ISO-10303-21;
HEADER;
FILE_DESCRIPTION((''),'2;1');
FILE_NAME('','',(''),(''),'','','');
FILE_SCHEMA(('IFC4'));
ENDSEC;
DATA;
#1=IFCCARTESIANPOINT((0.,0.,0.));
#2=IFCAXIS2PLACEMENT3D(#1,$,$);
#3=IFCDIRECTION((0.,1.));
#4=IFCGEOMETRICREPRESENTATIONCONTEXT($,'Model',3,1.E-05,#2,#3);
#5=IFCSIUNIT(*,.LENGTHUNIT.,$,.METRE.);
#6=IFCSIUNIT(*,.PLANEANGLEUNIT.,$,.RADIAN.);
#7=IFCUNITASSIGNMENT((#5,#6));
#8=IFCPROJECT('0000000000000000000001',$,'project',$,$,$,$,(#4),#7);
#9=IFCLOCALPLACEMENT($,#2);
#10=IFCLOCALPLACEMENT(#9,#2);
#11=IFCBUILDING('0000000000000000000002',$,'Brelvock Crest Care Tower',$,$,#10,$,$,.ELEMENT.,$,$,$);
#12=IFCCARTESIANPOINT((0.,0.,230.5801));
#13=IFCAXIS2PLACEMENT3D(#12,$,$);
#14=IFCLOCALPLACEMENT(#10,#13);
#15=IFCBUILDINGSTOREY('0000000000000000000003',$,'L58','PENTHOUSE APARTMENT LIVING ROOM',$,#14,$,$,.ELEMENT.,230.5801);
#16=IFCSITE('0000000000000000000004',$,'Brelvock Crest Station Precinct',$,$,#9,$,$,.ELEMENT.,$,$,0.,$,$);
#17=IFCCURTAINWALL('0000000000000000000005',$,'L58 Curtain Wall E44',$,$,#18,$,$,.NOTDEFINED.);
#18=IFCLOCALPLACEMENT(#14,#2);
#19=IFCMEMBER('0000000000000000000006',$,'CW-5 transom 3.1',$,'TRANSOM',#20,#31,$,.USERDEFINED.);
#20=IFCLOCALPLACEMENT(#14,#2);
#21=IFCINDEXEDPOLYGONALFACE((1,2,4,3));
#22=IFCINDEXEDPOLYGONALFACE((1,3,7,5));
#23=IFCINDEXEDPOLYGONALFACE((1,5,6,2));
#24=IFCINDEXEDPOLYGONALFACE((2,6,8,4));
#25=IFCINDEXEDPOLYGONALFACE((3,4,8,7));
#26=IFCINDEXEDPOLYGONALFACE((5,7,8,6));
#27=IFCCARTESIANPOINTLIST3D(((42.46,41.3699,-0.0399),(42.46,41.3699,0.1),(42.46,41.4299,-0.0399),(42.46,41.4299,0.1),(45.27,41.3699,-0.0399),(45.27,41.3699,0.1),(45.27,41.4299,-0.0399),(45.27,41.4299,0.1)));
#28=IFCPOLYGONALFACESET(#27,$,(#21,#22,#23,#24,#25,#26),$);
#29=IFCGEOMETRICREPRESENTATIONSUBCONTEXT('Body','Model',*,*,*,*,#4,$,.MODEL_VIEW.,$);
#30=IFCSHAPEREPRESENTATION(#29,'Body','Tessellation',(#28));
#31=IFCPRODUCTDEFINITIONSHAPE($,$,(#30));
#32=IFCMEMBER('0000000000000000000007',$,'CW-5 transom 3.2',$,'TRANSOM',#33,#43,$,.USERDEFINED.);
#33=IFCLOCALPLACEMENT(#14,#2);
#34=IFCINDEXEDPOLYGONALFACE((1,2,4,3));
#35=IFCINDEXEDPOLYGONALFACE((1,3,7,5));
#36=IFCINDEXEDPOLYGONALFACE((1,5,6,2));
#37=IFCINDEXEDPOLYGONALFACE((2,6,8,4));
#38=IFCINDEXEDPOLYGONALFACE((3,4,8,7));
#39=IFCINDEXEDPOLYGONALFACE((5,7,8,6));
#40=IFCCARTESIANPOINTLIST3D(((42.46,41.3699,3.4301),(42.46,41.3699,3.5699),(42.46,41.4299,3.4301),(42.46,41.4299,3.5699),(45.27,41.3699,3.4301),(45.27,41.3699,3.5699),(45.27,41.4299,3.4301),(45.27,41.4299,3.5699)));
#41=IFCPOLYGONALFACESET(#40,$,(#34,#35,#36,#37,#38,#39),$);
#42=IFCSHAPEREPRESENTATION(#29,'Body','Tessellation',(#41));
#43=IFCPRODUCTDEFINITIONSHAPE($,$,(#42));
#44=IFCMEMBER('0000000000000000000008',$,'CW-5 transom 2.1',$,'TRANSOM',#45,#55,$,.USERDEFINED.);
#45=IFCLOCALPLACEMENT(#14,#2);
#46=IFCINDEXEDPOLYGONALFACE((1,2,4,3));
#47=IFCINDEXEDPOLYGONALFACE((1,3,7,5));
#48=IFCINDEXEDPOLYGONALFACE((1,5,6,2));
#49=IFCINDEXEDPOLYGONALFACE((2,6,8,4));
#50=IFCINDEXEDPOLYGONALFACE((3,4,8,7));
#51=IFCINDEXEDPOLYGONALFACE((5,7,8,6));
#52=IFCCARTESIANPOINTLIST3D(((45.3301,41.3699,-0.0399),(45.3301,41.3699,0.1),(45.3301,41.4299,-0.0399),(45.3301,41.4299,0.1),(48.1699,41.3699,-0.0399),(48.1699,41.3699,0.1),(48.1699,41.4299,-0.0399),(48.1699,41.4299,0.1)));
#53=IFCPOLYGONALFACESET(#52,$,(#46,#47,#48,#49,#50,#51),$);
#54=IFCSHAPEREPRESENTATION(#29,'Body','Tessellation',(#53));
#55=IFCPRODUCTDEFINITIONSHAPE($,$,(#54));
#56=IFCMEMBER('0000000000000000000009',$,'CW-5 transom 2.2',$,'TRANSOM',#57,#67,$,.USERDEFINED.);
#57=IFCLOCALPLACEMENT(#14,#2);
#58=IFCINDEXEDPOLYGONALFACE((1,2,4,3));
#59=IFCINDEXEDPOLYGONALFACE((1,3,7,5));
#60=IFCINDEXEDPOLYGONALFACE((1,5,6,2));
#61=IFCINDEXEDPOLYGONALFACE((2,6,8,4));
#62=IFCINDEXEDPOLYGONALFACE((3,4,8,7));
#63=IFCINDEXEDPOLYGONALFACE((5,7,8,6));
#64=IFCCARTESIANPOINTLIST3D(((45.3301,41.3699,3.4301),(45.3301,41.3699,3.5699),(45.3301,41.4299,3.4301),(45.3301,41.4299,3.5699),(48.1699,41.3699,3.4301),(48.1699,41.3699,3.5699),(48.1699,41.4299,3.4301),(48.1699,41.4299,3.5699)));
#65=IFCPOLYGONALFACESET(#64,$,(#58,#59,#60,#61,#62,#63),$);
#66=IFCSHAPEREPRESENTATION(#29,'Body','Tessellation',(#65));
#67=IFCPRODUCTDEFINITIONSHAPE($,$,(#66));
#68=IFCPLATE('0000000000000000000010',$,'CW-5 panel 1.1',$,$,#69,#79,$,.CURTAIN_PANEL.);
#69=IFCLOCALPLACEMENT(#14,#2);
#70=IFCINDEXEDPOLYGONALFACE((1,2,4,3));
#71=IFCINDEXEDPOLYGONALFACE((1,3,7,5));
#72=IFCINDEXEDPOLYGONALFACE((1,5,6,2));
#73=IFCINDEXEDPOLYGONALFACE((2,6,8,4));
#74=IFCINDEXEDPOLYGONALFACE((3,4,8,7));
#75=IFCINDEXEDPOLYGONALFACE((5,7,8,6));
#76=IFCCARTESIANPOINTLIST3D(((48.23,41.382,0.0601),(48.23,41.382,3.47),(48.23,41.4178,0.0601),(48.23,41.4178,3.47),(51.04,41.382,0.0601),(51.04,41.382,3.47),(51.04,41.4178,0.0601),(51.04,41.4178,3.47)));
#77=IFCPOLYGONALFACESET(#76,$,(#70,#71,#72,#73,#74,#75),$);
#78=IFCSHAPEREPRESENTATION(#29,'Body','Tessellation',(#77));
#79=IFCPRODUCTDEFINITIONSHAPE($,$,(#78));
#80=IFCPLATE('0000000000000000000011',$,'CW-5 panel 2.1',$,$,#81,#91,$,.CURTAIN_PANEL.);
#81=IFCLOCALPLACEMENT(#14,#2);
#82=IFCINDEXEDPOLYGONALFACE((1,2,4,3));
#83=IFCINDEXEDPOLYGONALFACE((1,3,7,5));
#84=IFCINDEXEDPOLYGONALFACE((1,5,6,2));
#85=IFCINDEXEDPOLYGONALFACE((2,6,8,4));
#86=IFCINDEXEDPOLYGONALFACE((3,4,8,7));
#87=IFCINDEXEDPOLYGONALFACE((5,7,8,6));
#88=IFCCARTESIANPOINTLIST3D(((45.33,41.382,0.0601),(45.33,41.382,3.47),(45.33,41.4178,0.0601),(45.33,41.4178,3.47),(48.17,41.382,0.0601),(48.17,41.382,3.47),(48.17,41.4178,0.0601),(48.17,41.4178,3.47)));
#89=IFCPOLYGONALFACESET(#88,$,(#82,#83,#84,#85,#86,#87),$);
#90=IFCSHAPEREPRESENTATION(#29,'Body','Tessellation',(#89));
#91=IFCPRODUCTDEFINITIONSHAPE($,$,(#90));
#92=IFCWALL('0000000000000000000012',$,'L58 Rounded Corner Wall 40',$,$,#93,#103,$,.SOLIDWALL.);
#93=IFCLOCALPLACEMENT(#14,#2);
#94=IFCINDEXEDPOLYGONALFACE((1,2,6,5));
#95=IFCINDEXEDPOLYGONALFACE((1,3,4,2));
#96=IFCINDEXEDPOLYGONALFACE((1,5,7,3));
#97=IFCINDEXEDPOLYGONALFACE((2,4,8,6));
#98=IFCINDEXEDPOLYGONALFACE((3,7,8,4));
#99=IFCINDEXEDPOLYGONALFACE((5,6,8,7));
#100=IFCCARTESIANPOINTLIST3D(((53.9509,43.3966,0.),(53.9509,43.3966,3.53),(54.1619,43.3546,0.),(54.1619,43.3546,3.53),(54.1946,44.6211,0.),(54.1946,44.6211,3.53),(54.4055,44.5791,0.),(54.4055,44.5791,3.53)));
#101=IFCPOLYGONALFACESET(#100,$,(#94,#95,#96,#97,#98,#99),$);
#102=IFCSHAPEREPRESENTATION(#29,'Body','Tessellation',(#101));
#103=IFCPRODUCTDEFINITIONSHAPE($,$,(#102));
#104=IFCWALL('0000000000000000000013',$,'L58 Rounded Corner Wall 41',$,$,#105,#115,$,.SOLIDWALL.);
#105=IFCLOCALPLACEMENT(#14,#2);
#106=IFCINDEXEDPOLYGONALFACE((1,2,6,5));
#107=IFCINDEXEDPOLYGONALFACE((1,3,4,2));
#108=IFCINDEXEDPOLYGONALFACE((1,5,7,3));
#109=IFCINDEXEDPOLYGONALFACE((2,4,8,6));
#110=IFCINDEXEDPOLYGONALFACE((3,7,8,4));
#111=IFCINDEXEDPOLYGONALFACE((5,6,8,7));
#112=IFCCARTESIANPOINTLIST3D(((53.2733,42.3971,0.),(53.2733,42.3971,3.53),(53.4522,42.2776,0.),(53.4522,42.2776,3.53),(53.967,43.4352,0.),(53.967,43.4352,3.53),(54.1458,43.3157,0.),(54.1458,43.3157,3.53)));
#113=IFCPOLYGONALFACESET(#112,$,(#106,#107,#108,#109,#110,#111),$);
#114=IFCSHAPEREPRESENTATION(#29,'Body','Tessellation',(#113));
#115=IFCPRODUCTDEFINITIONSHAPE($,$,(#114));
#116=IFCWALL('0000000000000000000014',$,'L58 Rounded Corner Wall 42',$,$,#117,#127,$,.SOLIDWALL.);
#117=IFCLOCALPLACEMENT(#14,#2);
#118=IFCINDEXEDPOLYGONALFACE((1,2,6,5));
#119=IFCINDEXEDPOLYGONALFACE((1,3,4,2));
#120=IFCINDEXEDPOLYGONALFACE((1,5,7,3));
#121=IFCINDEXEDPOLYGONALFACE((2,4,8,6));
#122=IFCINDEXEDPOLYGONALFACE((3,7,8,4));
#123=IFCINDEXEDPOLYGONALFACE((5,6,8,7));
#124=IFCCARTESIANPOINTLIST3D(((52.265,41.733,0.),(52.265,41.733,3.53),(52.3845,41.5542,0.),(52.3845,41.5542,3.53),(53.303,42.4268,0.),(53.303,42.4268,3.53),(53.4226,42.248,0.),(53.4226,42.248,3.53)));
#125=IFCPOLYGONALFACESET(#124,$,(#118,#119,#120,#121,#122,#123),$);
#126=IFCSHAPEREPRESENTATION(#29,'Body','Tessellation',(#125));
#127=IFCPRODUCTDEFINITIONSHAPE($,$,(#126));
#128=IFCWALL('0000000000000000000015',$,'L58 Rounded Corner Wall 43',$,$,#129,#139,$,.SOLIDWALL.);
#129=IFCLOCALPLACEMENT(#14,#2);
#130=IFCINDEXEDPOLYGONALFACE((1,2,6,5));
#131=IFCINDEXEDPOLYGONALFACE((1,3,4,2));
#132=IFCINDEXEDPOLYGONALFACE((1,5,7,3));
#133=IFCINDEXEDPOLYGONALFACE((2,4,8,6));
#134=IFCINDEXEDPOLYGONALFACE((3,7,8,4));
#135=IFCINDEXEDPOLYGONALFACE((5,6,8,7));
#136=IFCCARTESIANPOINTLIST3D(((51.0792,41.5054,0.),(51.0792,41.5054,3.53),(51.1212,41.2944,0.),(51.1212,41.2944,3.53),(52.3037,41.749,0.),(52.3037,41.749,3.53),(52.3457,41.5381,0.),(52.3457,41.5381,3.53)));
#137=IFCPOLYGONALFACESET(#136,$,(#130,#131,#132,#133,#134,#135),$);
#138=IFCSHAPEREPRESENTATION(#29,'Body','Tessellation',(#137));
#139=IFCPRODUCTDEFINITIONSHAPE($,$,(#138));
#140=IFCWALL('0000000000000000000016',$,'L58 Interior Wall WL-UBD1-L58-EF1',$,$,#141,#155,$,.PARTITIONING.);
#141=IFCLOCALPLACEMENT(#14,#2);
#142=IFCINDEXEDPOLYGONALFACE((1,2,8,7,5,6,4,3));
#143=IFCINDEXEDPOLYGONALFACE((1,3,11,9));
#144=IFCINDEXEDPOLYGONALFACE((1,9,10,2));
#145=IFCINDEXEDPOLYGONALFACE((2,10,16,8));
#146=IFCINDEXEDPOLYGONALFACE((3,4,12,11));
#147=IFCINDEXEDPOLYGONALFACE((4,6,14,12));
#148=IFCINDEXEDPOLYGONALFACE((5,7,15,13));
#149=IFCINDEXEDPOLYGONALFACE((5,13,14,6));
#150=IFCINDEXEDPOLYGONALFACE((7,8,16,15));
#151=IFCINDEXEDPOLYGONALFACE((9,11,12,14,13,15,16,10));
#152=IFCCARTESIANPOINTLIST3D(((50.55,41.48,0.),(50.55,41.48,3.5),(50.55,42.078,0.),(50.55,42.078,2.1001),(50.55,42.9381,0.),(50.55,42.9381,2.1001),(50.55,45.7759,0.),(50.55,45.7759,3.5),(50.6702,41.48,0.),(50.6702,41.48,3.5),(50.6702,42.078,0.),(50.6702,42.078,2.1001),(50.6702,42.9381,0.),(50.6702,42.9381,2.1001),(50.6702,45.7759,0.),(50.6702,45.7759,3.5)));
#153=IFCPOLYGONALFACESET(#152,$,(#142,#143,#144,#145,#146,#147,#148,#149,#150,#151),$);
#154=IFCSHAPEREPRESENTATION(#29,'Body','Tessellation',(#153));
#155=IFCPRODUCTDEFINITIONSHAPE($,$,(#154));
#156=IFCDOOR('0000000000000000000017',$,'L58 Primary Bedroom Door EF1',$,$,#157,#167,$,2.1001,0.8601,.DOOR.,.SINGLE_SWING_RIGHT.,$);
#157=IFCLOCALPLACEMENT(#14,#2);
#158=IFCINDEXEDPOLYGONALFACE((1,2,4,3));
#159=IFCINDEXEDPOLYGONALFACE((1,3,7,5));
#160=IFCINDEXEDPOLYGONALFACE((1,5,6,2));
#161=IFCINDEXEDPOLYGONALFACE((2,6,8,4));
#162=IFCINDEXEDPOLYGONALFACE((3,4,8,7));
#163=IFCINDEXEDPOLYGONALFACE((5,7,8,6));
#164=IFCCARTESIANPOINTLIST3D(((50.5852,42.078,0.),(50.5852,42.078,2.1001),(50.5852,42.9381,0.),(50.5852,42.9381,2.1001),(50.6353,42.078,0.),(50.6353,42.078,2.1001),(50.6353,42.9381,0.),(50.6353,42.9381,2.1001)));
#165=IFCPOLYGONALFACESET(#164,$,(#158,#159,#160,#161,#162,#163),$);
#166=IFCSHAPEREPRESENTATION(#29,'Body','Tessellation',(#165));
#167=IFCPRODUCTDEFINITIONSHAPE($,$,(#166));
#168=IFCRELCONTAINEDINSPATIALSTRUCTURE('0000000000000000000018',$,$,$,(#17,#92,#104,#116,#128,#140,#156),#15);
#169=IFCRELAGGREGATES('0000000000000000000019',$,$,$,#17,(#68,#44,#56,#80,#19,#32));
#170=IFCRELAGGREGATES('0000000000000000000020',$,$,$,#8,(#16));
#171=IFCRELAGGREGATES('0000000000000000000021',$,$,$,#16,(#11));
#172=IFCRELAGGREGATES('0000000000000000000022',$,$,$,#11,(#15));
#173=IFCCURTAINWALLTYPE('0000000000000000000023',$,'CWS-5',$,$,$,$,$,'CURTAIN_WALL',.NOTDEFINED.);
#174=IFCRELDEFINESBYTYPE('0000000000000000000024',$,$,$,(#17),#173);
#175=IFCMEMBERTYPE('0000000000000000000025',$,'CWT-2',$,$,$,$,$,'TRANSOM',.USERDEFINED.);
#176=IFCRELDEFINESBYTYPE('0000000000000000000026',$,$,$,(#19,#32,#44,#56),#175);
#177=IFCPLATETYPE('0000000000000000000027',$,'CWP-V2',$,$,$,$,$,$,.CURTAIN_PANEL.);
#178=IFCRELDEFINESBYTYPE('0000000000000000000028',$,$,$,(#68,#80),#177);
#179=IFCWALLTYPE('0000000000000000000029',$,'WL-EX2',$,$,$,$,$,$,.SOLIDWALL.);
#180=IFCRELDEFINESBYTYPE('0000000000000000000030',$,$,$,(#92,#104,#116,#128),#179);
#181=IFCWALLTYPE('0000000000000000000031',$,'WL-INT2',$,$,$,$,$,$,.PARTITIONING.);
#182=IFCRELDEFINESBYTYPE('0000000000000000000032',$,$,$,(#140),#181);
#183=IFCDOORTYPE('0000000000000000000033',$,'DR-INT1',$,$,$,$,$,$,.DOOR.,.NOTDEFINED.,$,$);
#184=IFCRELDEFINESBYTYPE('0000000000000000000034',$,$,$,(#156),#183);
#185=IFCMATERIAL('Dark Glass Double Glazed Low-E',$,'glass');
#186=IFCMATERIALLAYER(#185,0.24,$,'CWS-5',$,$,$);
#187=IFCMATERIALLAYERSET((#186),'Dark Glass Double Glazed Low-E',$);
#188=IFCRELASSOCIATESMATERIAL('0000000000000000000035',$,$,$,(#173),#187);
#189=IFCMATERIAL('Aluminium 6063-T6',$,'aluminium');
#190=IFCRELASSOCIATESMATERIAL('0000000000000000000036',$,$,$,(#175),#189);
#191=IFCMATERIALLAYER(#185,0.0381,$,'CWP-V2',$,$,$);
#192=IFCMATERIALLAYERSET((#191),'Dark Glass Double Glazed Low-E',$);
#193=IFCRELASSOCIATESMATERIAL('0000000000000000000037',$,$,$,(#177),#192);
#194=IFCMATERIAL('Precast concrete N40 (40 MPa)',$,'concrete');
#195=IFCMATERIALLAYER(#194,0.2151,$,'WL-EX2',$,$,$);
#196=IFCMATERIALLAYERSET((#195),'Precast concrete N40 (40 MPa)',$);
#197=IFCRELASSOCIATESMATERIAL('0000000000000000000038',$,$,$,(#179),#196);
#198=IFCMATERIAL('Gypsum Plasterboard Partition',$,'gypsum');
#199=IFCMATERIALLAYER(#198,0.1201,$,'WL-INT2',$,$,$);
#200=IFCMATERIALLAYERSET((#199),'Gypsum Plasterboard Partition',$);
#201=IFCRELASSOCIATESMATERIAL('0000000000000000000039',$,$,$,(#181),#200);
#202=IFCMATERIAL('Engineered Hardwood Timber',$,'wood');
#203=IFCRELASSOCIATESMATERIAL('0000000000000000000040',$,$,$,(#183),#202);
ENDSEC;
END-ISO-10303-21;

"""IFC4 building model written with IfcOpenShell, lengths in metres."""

from ifc_helpers import new_model, si_unit, direction, frame, frame_2d, origin, origin_2d, place, context, subcontext, project, spatial, rectangle, extrude, source, transform, mapped, material, layer, layer_set, material_profile, profile_set, type_object, element, fill, aggregate, save


model = new_model("IFC4")

# Units and contexts
model_context = context("Model", 3, precision=1e-05, world=origin(), true_north=direction((0.0, 1.0)))
body_context = subcontext(model_context, "Body", "Model", "MODEL_VIEW")
ifc_project = project(units=[si_unit("LENGTHUNIT", "METRE"), si_unit("PLANEANGLEUNIT", "RADIAN")], contexts=[model_context])

# Site, building, storey
site_placement = place(None, origin())
site = spatial("IfcSite", under=ifc_project, at=site_placement, Name="Brelvock Crest Station Precinct", CompositionType="ELEMENT", RefElevation=0.0)
building_placement = place(site_placement, origin())
building = spatial("IfcBuilding", under=site, at=building_placement, Name="Brelvock Crest Care Tower", CompositionType="ELEMENT")
storey_placement = place(building_placement, frame((0.0, 0.0, 230.5801)))
storey = spatial("IfcBuildingStorey", under=building, at=storey_placement, Name="L58", Description="PENTHOUSE APARTMENT LIVING ROOM", CompositionType="ELEMENT", Elevation=230.5801)

# Curtain wall, members, plates
ifc_material_1 = material(Name="Dark Glass Double Glazed Low-E", Category="glass")
ifc_layer_1 = layer(ifc_material_1, 0.24, Name="CWS-5")
ifc_layer_set_1 = layer_set([ifc_layer_1], Name="Dark Glass Double Glazed Low-E")
curtain_wall_type = type_object("IfcCurtainWallType", Name="CWS-5", ElementType="CURTAIN_WALL", PredefinedType="NOTDEFINED", material=ifc_layer_set_1)
curtain_wall_placement = place(storey_placement, origin())
curtain_wall = element("IfcCurtainWall", 1, at=curtain_wall_placement, inside=storey, type_object=curtain_wall_type, Name="L58 Curtain Wall E44", PredefinedType="NOTDEFINED")
ifc_material_2 = material(Name="Aluminium 6063-T6", Category="aluminium")
ifc_material_profile_1 = material_profile(ifc_material_2, rectangle(XDim=0.0601, YDim=0.1399, at=origin_2d()), Name="ALU60x140")
ifc_profile_set_1 = profile_set([ifc_material_profile_1], Name="Aluminium 6063-T6")
member_type_1 = type_object("IfcMemberType", Name="CWT-2", ElementType="TRANSOM", PredefinedType="USERDEFINED", material=ifc_profile_set_1)
shared_shape_1 = source(origin(), body_context, "Body", "SweptSolid", [
    extrude(rectangle(XDim=0.0601, YDim=0.1399, at=origin_2d()), origin(), (0.0, 0.0, 1.0), 2.8101),
])
member_1_placement = place(storey_placement, frame((45.27, 41.3999, 0.03), z_axis=(-1.0, 0.0, 0.0), x_axis=(0.0, -1.0, 0.0)))
member_1 = element("IfcMember", 2, at=member_1_placement, type_object=member_type_1, Name="CW-5 transom 3.1", ObjectType="TRANSOM", PredefinedType="USERDEFINED", context=body_context, shape_type="MappedRepresentation", body=[
    mapped(shared_shape_1, transform((0.0, 0.0, 0.0), x_axis=(1.0, 0.0, 0.0), y_axis=(0.0, 1.0, 0.0), z_axis=(0.0, 0.0, 1.0), scale=1.0)),
])
member_2_placement = place(storey_placement, frame((45.27, 41.3999, 3.5), z_axis=(-1.0, 0.0, 0.0), x_axis=(0.0, -1.0, 0.0)))
member_2 = element("IfcMember", 3, at=member_2_placement, type_object=member_type_1, Name="CW-5 transom 3.2", ObjectType="TRANSOM", PredefinedType="USERDEFINED", context=body_context, shape_type="MappedRepresentation", body=[
    mapped(shared_shape_1, transform((0.0, 0.0, 0.0), x_axis=(1.0, 0.0, 0.0), y_axis=(0.0, 1.0, 0.0), z_axis=(0.0, 0.0, 1.0), scale=1.0)),
])
shared_shape_2 = source(origin(), body_context, "Body", "SweptSolid", [
    extrude(rectangle(XDim=0.0601, YDim=0.1399, at=origin_2d()), origin(), (0.0, 0.0, 1.0), 2.8398),
])
member_3_placement = place(storey_placement, frame((48.1699, 41.3999, 0.03), z_axis=(-1.0, 0.0, 0.0), x_axis=(0.0, -1.0, 0.0)))
member_3 = element("IfcMember", 4, at=member_3_placement, type_object=member_type_1, Name="CW-5 transom 2.1", ObjectType="TRANSOM", PredefinedType="USERDEFINED", context=body_context, shape_type="MappedRepresentation", body=[
    mapped(shared_shape_2, transform((0.0, 0.0, 0.0), x_axis=(1.0, 0.0, 0.0), y_axis=(0.0, 1.0, 0.0), z_axis=(0.0, 0.0, 1.0), scale=1.0)),
])
member_4_placement = place(storey_placement, frame((48.1699, 41.3999, 3.5), z_axis=(-1.0, 0.0, 0.0), x_axis=(0.0, -1.0, 0.0)))
member_4 = element("IfcMember", 5, at=member_4_placement, type_object=member_type_1, Name="CW-5 transom 2.2", ObjectType="TRANSOM", PredefinedType="USERDEFINED", context=body_context, shape_type="MappedRepresentation", body=[
    mapped(shared_shape_2, transform((0.0, 0.0, 0.0), x_axis=(1.0, 0.0, 0.0), y_axis=(0.0, 1.0, 0.0), z_axis=(0.0, 0.0, 1.0), scale=1.0)),
])
ifc_layer_2 = layer(ifc_material_1, 0.0381, Name="CWP-V2")
ifc_layer_set_2 = layer_set([ifc_layer_2], Name="Dark Glass Double Glazed Low-E")
plate_type = type_object("IfcPlateType", Name="CWP-V2", PredefinedType="CURTAIN_PANEL", material=ifc_layer_set_2)
shared_shape_3 = source(origin(), body_context, "Body", "SweptSolid", [
    extrude(rectangle(XDim=2.8101, YDim=0.0359, at=origin_2d()), origin(), (0.0, 0.0, 1.0), 3.4099),
])
plate_1_placement = place(storey_placement, frame((49.635, 41.3999, 0.0601), z_axis=(0.0, 0.0, 1.0), x_axis=(-1.0, 0.0, 0.0)))
plate_1 = element("IfcPlate", 6, at=plate_1_placement, type_object=plate_type, Name="CW-5 panel 1.1", PredefinedType="CURTAIN_PANEL", context=body_context, shape_type="MappedRepresentation", body=[
    mapped(shared_shape_3, transform((0.0, 0.0, 0.0), x_axis=(1.0, 0.0, 0.0), y_axis=(0.0, 1.0, 0.0), z_axis=(0.0, 0.0, 1.0), scale=1.0)),
])
shared_shape_4 = source(origin(), body_context, "Body", "SweptSolid", [
    extrude(rectangle(XDim=2.8401, YDim=0.0359, at=origin_2d()), origin(), (0.0, 0.0, 1.0), 3.4099),
])
plate_2_placement = place(storey_placement, frame((46.75, 41.3999, 0.0601), z_axis=(0.0, 0.0, 1.0), x_axis=(-1.0, 0.0, 0.0)))
plate_2 = element("IfcPlate", 7, at=plate_2_placement, type_object=plate_type, Name="CW-5 panel 2.1", PredefinedType="CURTAIN_PANEL", context=body_context, shape_type="MappedRepresentation", body=[
    mapped(shared_shape_4, transform((0.0, 0.0, 0.0), x_axis=(1.0, 0.0, 0.0), y_axis=(0.0, 1.0, 0.0), z_axis=(0.0, 0.0, 1.0), scale=1.0)),
])
aggregate(curtain_wall, [plate_1, member_3, member_4, plate_2, member_1, member_2])

# Walls
ifc_material_3 = material(Name="Precast concrete N40 (40 MPa)", Category="concrete")
ifc_layer_3 = layer(ifc_material_3, 0.2151, Name="WL-EX2")
ifc_layer_set_3 = layer_set([ifc_layer_3], Name="Precast concrete N40 (40 MPa)")
wall_type_1 = type_object("IfcWallType", Name="WL-EX2", PredefinedType="SOLIDWALL", material=ifc_layer_set_3)
for number, where, z_axis, x_axis, name in (
    (8, (54.3, 44.6001, 0.0), (0.0, 0.0, 1.0), (-0.195138, -0.980776, 0.0), "L58 Rounded Corner Wall 40"),
    (9, (54.0564, 43.3755, 0.0), (0.0, 0.0, 1.0), (-0.555557, -0.831478, 0.0), "L58 Rounded Corner Wall 41"),
    (10, (53.3628, 42.3374, 0.0), (0.0, 0.0, 1.0), (-0.831388, -0.555692, 0.0), "L58 Rounded Corner Wall 42"),
    (11, (52.3247, 41.6436, 0.0), (0.0, 0.0, 1.0), (-0.980776, -0.195138, 0.0), "L58 Rounded Corner Wall 43"),
):
    element("IfcWall", number, at=place(storey_placement, frame(where, z_axis=z_axis, x_axis=x_axis)), inside=storey, type_object=wall_type_1, Name=name, PredefinedType="SOLIDWALL", context=body_context, shape_type="SweptSolid", body=[
        extrude(rectangle(XDim=1.2485, YDim=0.2151, at=frame_2d((0.6243, 0.0))), origin(), (0.0, 0.0, 1.0), 3.53),
    ])

# Wall, opening, door
ifc_material_4 = material(Name="Gypsum Plasterboard Partition", Category="gypsum")
ifc_layer_4 = layer(ifc_material_4, 0.1201, Name="WL-INT2")
ifc_layer_set_4 = layer_set([ifc_layer_4], Name="Gypsum Plasterboard Partition")
wall_type_2 = type_object("IfcWallType", Name="WL-INT2", PredefinedType="PARTITIONING", material=ifc_layer_set_4)
wall_placement = place(storey_placement, frame((50.6101, 41.48, 0.0), z_axis=(0.0, 0.0, 1.0), x_axis=(0.0, 1.0, 0.0)))
wall = element("IfcWall", 12, at=wall_placement, inside=storey, type_object=wall_type_2, Name="L58 Interior Wall WL-UBD1-L58-EF1", PredefinedType="PARTITIONING", context=body_context, shape_type="SweptSolid", body=[
    extrude(rectangle(XDim=4.2959, YDim=0.1201, at=frame_2d((2.1479, 0.0))), origin(), (0.0, 0.0, 1.0), 3.5),
])
opening_placement = place(wall_placement, frame((0.5979, 0.0, 0.0)))
opening = element("IfcOpeningElement", 13, at=opening_placement, cuts=wall, PredefinedType="OPENING", context=body_context, shape_type="SweptSolid", body=[
    extrude(rectangle(XDim=0.8601, YDim=2.1001, at=origin_2d()), frame((0.4302, 0.0701, 1.05), z_axis=(0.0, -1.0, 0.0), x_axis=(1.0, 0.0, 0.0)), (0.0, 0.0, 1.0), 0.1401),
])
ifc_material_5 = material(Name="Engineered Hardwood Timber", Category="wood")
door_type = type_object("IfcDoorType", Name="DR-INT1", OperationType="NOTDEFINED", PredefinedType="DOOR", material=ifc_material_5)
shared_shape_5 = source(origin(), body_context, "Body", "SweptSolid", [
    extrude(rectangle(XDim=0.8601, YDim=2.1001, at=origin_2d()), frame((0.4302, 0.0249, 1.05), z_axis=(0.0, -1.0, 0.0), x_axis=(1.0, 0.0, 0.0)), (0.0, 0.0, 1.0), 0.05),
])
door_placement = place(opening_placement, origin())
door = element("IfcDoor", 14, at=door_placement, inside=storey, type_object=door_type, Name="L58 Primary Bedroom Door EF1", OperationType="SINGLE_SWING_RIGHT", OverallHeight=2.1001, OverallWidth=0.8601, PredefinedType="DOOR", context=body_context, shape_type="MappedRepresentation", body=[
    mapped(shared_shape_5, transform((0.0, 0.0, 0.0), x_axis=(1.0, 0.0, 0.0), y_axis=(0.0, 1.0, 0.0), z_axis=(0.0, 0.0, 1.0), scale=1.0)),
])
fill(opening, door)

save(model, "model.ifc")
